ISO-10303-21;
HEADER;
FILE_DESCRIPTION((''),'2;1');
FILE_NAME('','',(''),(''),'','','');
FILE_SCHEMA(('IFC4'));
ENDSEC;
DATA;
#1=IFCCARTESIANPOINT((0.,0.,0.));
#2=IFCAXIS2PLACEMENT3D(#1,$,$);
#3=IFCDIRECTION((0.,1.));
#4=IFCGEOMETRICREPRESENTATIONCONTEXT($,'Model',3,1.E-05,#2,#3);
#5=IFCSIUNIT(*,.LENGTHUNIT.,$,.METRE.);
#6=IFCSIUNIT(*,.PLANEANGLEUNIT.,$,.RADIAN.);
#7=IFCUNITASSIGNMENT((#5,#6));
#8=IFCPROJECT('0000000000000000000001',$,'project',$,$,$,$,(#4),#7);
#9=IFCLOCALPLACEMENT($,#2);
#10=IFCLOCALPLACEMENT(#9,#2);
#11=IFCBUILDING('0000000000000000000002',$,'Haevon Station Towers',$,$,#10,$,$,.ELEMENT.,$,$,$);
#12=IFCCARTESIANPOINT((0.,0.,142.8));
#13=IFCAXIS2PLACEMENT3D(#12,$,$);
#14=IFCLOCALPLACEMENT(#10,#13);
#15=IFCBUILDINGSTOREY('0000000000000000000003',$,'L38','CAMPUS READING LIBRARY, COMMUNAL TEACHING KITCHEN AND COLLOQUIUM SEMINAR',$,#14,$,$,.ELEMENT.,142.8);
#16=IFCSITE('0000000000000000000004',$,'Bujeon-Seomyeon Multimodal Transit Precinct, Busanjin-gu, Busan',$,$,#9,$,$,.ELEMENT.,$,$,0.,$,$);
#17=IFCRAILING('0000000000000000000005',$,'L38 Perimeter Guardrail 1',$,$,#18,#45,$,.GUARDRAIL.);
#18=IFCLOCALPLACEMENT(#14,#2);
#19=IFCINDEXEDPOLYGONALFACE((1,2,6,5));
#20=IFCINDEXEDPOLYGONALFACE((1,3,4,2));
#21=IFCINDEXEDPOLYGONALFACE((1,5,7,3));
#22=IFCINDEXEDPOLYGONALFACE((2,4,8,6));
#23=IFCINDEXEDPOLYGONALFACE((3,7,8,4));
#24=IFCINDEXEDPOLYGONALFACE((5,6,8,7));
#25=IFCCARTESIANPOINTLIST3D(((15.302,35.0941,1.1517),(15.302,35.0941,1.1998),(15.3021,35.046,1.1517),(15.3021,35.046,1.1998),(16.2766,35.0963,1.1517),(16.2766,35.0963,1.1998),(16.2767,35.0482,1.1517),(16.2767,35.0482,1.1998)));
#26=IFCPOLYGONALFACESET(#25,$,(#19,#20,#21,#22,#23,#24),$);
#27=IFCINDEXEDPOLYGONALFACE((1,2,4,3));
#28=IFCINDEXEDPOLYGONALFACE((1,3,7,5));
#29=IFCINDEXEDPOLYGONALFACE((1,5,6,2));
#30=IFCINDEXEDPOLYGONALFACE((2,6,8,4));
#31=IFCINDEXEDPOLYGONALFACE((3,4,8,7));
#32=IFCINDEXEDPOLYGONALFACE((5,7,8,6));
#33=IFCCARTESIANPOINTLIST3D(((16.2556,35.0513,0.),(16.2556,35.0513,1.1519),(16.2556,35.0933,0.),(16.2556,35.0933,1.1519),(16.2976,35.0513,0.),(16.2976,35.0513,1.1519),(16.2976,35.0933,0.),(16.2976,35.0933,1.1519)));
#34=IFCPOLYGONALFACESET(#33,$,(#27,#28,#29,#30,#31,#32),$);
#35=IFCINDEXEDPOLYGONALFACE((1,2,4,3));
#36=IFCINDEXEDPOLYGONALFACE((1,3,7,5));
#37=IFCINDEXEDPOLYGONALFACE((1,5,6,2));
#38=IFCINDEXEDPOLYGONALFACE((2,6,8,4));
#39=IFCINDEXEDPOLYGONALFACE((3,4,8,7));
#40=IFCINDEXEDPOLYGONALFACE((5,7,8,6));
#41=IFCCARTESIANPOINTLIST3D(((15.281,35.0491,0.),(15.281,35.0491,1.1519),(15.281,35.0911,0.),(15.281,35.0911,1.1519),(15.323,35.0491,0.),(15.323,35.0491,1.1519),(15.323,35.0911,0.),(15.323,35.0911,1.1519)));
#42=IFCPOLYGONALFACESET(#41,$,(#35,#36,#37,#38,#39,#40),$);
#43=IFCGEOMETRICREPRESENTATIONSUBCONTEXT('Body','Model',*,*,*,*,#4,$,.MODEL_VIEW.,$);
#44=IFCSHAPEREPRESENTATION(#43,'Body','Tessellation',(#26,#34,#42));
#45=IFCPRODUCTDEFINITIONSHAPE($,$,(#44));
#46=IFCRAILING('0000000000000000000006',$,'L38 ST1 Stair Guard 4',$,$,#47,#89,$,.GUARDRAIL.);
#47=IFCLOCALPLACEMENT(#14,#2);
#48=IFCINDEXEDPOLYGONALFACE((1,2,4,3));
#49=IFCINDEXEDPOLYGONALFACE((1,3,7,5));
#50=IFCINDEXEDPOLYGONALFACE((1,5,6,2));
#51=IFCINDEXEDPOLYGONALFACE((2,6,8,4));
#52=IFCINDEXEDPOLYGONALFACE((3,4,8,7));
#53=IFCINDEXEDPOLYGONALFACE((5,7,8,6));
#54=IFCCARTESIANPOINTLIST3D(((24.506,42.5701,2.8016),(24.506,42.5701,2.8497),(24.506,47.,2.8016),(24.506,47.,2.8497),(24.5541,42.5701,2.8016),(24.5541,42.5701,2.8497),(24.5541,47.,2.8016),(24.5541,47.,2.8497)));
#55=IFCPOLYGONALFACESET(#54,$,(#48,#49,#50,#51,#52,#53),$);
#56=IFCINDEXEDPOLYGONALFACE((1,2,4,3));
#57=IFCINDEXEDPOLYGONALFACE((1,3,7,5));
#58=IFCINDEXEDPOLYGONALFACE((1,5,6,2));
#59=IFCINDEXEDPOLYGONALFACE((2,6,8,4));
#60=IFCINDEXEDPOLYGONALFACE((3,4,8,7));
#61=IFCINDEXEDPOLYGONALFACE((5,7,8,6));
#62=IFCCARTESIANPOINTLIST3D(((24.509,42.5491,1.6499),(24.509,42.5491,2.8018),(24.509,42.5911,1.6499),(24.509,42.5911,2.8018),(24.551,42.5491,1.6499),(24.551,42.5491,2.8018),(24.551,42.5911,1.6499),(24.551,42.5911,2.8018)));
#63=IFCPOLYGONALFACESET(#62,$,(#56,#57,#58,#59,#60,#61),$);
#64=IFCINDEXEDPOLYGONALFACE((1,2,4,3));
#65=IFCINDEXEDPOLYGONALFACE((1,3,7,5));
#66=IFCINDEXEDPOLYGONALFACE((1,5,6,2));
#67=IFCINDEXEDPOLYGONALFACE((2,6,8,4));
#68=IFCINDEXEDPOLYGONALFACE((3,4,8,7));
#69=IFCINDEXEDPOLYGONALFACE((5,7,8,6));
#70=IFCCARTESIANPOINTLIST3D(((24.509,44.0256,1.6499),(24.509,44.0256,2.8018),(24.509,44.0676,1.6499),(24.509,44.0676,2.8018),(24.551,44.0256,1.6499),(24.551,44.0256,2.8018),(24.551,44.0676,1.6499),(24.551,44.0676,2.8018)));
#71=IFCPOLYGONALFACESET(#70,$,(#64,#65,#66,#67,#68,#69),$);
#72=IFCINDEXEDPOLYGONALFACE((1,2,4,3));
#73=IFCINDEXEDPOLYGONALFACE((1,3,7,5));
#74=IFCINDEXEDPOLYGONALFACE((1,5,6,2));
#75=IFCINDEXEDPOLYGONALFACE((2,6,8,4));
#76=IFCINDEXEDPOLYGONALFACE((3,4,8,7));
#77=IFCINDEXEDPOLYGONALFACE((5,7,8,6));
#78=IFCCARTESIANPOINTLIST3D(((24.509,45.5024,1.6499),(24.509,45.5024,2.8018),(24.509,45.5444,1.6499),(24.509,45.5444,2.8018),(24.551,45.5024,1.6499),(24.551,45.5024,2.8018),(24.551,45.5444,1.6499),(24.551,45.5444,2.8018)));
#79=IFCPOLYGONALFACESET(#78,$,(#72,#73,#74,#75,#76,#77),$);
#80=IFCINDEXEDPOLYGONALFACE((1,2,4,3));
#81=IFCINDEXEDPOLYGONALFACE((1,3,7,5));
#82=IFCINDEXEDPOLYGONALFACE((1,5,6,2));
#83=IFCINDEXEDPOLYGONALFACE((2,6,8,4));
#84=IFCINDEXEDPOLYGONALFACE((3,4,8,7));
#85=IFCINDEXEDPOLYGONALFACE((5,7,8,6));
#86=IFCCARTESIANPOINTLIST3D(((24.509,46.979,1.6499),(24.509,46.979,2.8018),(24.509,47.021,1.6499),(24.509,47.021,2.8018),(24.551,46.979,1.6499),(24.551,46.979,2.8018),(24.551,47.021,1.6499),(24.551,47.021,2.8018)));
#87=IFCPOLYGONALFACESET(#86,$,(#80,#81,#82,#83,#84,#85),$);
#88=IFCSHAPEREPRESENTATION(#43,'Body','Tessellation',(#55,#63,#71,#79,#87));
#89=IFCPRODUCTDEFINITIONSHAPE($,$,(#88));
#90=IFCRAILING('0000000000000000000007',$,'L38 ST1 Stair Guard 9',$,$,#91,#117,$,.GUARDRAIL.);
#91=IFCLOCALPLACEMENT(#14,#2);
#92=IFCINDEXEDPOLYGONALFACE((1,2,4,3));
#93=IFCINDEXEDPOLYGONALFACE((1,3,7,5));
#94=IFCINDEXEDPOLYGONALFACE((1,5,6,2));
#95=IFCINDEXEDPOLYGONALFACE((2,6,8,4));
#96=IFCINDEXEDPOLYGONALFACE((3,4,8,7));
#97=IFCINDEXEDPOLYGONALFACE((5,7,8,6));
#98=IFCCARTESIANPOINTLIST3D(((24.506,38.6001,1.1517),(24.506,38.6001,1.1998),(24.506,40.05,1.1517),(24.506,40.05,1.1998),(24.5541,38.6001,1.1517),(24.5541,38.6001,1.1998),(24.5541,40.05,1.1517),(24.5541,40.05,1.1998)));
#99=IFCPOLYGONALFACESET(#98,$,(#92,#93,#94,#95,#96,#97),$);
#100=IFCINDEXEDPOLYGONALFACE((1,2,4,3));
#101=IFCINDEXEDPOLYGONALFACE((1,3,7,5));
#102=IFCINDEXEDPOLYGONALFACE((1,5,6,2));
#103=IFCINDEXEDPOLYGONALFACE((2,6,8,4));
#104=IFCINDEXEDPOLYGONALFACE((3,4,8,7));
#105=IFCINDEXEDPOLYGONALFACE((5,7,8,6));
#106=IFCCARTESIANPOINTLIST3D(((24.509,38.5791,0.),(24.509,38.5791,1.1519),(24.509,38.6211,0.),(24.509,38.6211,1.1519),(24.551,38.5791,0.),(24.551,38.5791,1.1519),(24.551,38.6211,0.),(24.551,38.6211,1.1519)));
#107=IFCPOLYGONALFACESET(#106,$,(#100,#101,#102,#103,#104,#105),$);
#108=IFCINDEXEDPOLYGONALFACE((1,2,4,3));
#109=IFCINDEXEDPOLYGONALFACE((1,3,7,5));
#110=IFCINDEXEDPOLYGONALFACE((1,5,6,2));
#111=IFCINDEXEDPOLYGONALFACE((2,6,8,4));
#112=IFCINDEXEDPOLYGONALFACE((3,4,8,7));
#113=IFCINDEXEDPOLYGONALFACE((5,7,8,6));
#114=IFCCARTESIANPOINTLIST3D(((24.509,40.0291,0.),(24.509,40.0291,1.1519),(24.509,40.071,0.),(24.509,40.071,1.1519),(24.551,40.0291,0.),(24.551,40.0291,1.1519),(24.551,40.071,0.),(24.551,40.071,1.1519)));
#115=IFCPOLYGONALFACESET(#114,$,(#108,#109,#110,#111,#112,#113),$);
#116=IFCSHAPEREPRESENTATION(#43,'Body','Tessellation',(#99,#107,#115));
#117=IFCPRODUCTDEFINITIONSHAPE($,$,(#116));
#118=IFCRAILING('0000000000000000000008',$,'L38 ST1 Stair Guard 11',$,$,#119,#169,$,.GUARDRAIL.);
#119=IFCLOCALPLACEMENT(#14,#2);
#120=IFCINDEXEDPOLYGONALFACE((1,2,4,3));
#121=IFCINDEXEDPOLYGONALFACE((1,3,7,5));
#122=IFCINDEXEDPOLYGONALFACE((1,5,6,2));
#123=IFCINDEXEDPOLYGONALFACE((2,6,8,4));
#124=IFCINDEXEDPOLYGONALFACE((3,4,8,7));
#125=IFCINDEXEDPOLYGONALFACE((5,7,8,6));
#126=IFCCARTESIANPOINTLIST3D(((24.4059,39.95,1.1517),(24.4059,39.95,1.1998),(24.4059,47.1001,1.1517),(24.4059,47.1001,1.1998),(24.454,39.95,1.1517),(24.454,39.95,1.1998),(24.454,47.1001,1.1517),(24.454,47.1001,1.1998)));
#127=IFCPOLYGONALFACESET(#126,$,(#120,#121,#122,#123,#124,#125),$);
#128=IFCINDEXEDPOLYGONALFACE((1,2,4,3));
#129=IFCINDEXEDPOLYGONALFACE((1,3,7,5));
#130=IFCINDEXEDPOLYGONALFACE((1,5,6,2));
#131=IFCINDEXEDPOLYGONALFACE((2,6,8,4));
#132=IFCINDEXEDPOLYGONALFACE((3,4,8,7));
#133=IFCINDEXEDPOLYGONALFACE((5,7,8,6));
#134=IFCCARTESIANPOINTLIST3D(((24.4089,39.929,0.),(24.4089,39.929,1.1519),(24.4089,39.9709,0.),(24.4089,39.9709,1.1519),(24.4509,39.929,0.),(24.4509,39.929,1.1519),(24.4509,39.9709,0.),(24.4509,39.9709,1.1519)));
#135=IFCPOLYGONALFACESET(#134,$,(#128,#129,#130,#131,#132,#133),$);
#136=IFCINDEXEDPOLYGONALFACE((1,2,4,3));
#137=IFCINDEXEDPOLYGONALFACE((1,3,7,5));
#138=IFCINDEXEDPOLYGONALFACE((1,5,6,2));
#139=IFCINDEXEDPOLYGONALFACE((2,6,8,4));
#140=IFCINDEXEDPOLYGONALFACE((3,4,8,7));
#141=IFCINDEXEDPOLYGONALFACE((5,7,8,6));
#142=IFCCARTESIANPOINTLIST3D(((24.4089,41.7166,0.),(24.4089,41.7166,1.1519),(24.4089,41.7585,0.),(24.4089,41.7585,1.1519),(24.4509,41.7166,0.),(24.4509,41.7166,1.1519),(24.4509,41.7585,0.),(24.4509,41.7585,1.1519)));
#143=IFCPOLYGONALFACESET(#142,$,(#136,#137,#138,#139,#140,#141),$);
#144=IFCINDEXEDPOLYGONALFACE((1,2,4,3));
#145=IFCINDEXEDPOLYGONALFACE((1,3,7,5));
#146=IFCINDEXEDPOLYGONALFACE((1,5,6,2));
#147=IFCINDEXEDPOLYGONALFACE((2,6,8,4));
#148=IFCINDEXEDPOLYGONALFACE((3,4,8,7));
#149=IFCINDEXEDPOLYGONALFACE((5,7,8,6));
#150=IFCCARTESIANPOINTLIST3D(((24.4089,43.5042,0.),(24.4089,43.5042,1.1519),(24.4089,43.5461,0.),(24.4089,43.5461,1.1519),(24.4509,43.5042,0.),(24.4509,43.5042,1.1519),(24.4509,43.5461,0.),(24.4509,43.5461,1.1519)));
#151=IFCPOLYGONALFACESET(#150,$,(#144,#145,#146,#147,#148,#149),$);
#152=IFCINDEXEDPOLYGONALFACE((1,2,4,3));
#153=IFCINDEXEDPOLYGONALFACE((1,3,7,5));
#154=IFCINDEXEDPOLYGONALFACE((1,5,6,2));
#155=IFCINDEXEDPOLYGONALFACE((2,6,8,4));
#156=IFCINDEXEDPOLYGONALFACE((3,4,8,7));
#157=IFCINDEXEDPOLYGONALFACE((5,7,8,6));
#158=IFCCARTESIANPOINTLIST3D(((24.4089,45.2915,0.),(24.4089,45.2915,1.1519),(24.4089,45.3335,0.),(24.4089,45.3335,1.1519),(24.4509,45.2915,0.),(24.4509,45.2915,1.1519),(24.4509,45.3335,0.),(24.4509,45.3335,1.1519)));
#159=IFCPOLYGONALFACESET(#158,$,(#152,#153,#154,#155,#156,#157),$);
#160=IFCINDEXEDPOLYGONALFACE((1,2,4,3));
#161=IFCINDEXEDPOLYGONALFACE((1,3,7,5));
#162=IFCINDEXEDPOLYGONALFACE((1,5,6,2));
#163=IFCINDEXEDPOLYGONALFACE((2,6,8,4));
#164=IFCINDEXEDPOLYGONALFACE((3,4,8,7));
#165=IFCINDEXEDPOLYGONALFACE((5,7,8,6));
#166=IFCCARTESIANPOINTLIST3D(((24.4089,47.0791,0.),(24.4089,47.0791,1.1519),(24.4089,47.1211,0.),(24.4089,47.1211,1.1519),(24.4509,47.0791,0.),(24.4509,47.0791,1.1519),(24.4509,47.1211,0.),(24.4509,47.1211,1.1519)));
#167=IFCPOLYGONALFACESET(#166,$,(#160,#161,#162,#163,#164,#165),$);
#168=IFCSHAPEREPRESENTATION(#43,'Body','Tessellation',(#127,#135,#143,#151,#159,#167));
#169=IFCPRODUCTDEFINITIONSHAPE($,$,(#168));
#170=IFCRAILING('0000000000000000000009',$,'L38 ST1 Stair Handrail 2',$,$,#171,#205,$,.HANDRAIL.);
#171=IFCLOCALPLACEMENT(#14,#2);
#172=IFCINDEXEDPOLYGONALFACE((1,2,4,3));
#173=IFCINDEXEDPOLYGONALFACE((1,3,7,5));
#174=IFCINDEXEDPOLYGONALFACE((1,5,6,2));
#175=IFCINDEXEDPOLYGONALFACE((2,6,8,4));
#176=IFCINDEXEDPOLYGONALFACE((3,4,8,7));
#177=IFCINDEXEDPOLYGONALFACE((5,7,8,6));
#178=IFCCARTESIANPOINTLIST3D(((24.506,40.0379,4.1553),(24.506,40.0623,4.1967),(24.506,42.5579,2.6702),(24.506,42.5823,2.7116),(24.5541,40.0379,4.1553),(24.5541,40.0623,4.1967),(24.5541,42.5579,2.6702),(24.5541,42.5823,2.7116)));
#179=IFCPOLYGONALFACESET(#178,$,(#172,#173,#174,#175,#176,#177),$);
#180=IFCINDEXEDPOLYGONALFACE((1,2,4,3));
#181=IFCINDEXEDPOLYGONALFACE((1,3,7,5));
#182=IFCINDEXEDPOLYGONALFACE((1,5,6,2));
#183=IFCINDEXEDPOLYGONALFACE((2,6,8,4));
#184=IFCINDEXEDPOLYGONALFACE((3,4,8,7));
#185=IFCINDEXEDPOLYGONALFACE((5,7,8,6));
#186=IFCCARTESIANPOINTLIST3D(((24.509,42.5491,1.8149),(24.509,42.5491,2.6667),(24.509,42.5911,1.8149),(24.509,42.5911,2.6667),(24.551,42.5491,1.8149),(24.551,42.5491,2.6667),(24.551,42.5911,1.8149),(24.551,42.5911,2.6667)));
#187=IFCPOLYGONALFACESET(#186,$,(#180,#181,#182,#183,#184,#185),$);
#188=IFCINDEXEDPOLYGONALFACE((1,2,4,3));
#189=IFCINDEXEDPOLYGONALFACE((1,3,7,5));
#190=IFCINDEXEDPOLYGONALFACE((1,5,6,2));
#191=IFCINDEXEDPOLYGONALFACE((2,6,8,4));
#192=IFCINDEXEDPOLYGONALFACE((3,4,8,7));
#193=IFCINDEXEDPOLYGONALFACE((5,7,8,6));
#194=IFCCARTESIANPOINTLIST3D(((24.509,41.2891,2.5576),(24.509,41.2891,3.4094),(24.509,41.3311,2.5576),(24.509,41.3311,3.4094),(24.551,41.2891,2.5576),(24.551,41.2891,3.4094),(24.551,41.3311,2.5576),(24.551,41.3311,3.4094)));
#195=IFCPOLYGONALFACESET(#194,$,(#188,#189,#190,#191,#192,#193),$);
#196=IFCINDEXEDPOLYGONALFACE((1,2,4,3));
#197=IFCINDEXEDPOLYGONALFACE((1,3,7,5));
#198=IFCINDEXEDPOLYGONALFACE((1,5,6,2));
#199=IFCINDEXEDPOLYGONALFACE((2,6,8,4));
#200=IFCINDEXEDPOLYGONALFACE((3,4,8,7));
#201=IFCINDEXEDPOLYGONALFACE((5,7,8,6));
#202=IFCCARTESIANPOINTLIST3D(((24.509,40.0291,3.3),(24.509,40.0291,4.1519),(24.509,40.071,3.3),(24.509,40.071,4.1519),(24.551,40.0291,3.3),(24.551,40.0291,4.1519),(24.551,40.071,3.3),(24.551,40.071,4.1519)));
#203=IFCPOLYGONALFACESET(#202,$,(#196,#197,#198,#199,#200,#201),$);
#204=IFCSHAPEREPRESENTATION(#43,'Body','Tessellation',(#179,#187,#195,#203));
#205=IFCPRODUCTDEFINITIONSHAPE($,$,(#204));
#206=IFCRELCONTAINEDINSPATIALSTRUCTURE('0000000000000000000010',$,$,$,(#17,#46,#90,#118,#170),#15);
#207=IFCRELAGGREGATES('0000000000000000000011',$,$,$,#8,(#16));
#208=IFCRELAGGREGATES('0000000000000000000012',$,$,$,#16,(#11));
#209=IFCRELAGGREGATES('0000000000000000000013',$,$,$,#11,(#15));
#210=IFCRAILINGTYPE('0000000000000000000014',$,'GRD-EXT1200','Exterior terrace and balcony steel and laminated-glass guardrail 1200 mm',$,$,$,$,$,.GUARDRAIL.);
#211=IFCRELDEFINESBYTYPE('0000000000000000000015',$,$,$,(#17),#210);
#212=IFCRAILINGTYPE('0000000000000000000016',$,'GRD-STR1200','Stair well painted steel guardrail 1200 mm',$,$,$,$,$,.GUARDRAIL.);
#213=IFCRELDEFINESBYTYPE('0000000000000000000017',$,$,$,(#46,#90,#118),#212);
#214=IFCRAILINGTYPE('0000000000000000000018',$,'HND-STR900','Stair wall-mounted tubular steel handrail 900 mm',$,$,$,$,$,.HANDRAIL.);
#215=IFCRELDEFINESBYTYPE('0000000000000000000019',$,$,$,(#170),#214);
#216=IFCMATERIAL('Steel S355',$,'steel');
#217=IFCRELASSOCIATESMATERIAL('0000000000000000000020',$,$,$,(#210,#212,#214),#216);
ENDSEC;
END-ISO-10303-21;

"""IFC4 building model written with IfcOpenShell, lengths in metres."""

from ifc_helpers import new_model, si_unit, direction, frame, origin, origin_2d, place, context, subcontext, project, spatial, rectangle, extrude, material, type_object, element, save


model = new_model("IFC4")

# Units and contexts
model_context = context("Model", 3, precision=1e-05, world=origin(), true_north=direction((0.0, 1.0)))
body_context = subcontext(model_context, "Body", "Model", "MODEL_VIEW")
ifc_project = project(units=[si_unit("LENGTHUNIT", "METRE"), si_unit("PLANEANGLEUNIT", "RADIAN")], contexts=[model_context])

# Site, building, storey
site_placement = place(None, origin())
site = spatial("IfcSite", under=ifc_project, at=site_placement, Name="Bujeon-Seomyeon Multimodal Transit Precinct, Busanjin-gu, Busan", CompositionType="ELEMENT", RefElevation=0.0)
building_placement = place(site_placement, origin())
building = spatial("IfcBuilding", under=site, at=building_placement, Name="Haevon Station Towers", CompositionType="ELEMENT")
storey_placement = place(building_placement, frame((0.0, 0.0, 142.8)))
storey = spatial("IfcBuildingStorey", under=building, at=storey_placement, Name="L38", Description="CAMPUS READING LIBRARY, COMMUNAL TEACHING KITCHEN AND COLLOQUIUM SEMINAR", CompositionType="ELEMENT", Elevation=142.8)

# Shared definitions
ifc_material_1 = material(Name="Steel S355", Category="steel")

# Railings
railing_type_1 = type_object("IfcRailingType", Name="GRD-EXT1200", Description="Exterior terrace and balcony steel and laminated-glass guardrail 1200 mm", PredefinedType="GUARDRAIL", material=ifc_material_1)
railing_1_placement = place(storey_placement, frame((16.2766, 35.0723, 0.0)))
element("IfcRailing", 1, at=railing_1_placement, inside=storey, type_object=railing_type_1, Name="L38 Perimeter Guardrail 1", PredefinedType="GUARDRAIL", context=body_context, shape_type="SweptSolid", body=[
    extrude(rectangle(XDim=0.0481, YDim=0.0481, at=origin_2d()), frame((0.0, 0.0, 1.1758), z_axis=(-0.999997, -0.002255, 0.0), x_axis=(0.002255, -0.999997, 0.0)), (0.0, 0.0, 1.0), 0.9746),
    extrude(rectangle(XDim=0.042, YDim=0.042, at=origin_2d()), origin(), (0.0, 0.0, 1.0), 1.1519),
    extrude(rectangle(XDim=0.042, YDim=0.042, at=origin_2d()), frame((-0.9746, -0.0022, 0.0)), (0.0, 0.0, 1.0), 1.1519),
])
railing_type_2 = type_object("IfcRailingType", Name="GRD-STR1200", Description="Stair well painted steel guardrail 1200 mm", PredefinedType="GUARDRAIL", material=ifc_material_1)
railing_2_placement = place(storey_placement, frame((24.53, 42.5701, 1.6499)))
element("IfcRailing", 2, at=railing_2_placement, inside=storey, type_object=railing_type_2, Name="L38 ST1 Stair Guard 4", PredefinedType="GUARDRAIL", context=body_context, shape_type="SweptSolid", body=[
    extrude(rectangle(XDim=0.0481, YDim=0.0481, at=origin_2d()), frame((0.0, 0.0, 1.1758), z_axis=(0.0, 1.0, 0.0), x_axis=(-1.0, 0.0, 0.0)), (0.0, 0.0, 1.0), 4.4299),
    extrude(rectangle(XDim=0.042, YDim=0.042, at=origin_2d()), origin(), (0.0, 0.0, 1.0), 1.1519),
    extrude(rectangle(XDim=0.042, YDim=0.042, at=origin_2d()), frame((0.0, 1.4766, 0.0)), (0.0, 0.0, 1.0), 1.1519),
    extrude(rectangle(XDim=0.042, YDim=0.042, at=origin_2d()), frame((0.0, 2.9534, 0.0)), (0.0, 0.0, 1.0), 1.1519),
    extrude(rectangle(XDim=0.042, YDim=0.042, at=origin_2d()), frame((0.0, 4.4299, 0.0)), (0.0, 0.0, 1.0), 1.1519),
])
railing_3_placement = place(storey_placement, frame((24.53, 38.6001, 0.0)))
element("IfcRailing", 3, at=railing_3_placement, inside=storey, type_object=railing_type_2, Name="L38 ST1 Stair Guard 9", PredefinedType="GUARDRAIL", context=body_context, shape_type="SweptSolid", body=[
    extrude(rectangle(XDim=0.0481, YDim=0.0481, at=origin_2d()), frame((0.0, 0.0, 1.1758), z_axis=(0.0, 1.0, 0.0), x_axis=(-1.0, 0.0, 0.0)), (0.0, 0.0, 1.0), 1.45),
    extrude(rectangle(XDim=0.042, YDim=0.042, at=origin_2d()), origin(), (0.0, 0.0, 1.0), 1.1519),
    extrude(rectangle(XDim=0.042, YDim=0.042, at=origin_2d()), frame((0.0, 1.45, 0.0)), (0.0, 0.0, 1.0), 1.1519),
])
railing_4_placement = place(storey_placement, frame((24.4299, 39.95, 0.0)))
element("IfcRailing", 4, at=railing_4_placement, inside=storey, type_object=railing_type_2, Name="L38 ST1 Stair Guard 11", PredefinedType="GUARDRAIL", context=body_context, shape_type="SweptSolid", body=[
    extrude(rectangle(XDim=0.0481, YDim=0.0481, at=origin_2d()), frame((0.0, 0.0, 1.1758), z_axis=(0.0, 1.0, 0.0), x_axis=(-1.0, 0.0, 0.0)), (0.0, 0.0, 1.0), 7.1501),
    extrude(rectangle(XDim=0.042, YDim=0.042, at=origin_2d()), origin(), (0.0, 0.0, 1.0), 1.1519),
    extrude(rectangle(XDim=0.042, YDim=0.042, at=origin_2d()), frame((0.0, 1.7876, 0.0)), (0.0, 0.0, 1.0), 1.1519),
    extrude(rectangle(XDim=0.042, YDim=0.042, at=origin_2d()), frame((0.0, 3.5752, 0.0)), (0.0, 0.0, 1.0), 1.1519),
    extrude(rectangle(XDim=0.042, YDim=0.042, at=origin_2d()), frame((0.0, 5.3625, 0.0)), (0.0, 0.0, 1.0), 1.1519),
    extrude(rectangle(XDim=0.042, YDim=0.042, at=origin_2d()), frame((0.0, 7.1501, 0.0)), (0.0, 0.0, 1.0), 1.1519),
])
railing_type_3 = type_object("IfcRailingType", Name="HND-STR900", Description="Stair wall-mounted tubular steel handrail 900 mm", PredefinedType="HANDRAIL", material=ifc_material_1)
railing_5_placement = place(storey_placement, frame((24.53, 42.5701, 1.8149)))
element("IfcRailing", 5, at=railing_5_placement, inside=storey, type_object=railing_type_3, Name="L38 ST1 Stair Handrail 2", PredefinedType="HANDRAIL", context=body_context, shape_type="SweptSolid", body=[
    extrude(rectangle(XDim=0.0481, YDim=0.0481, at=origin_2d()), frame((0.0, 0.0, 0.876), z_axis=(0.0, -0.861524, 0.507717), x_axis=(1.0, 0.0, 0.0)), (0.0, 0.0, 1.0), 2.925),
    extrude(rectangle(XDim=0.042, YDim=0.042, at=origin_2d()), origin(), (0.0, 0.0, 1.0), 0.8518),
    extrude(rectangle(XDim=0.042, YDim=0.042, at=origin_2d()), frame((0.0, -1.26, 0.7427)), (0.0, 0.0, 1.0), 0.8518),
    extrude(rectangle(XDim=0.042, YDim=0.042, at=origin_2d()), frame((0.0, -2.52, 1.4851)), (0.0, 0.0, 1.0), 0.8518),
])

save(model, "model.ifc")
